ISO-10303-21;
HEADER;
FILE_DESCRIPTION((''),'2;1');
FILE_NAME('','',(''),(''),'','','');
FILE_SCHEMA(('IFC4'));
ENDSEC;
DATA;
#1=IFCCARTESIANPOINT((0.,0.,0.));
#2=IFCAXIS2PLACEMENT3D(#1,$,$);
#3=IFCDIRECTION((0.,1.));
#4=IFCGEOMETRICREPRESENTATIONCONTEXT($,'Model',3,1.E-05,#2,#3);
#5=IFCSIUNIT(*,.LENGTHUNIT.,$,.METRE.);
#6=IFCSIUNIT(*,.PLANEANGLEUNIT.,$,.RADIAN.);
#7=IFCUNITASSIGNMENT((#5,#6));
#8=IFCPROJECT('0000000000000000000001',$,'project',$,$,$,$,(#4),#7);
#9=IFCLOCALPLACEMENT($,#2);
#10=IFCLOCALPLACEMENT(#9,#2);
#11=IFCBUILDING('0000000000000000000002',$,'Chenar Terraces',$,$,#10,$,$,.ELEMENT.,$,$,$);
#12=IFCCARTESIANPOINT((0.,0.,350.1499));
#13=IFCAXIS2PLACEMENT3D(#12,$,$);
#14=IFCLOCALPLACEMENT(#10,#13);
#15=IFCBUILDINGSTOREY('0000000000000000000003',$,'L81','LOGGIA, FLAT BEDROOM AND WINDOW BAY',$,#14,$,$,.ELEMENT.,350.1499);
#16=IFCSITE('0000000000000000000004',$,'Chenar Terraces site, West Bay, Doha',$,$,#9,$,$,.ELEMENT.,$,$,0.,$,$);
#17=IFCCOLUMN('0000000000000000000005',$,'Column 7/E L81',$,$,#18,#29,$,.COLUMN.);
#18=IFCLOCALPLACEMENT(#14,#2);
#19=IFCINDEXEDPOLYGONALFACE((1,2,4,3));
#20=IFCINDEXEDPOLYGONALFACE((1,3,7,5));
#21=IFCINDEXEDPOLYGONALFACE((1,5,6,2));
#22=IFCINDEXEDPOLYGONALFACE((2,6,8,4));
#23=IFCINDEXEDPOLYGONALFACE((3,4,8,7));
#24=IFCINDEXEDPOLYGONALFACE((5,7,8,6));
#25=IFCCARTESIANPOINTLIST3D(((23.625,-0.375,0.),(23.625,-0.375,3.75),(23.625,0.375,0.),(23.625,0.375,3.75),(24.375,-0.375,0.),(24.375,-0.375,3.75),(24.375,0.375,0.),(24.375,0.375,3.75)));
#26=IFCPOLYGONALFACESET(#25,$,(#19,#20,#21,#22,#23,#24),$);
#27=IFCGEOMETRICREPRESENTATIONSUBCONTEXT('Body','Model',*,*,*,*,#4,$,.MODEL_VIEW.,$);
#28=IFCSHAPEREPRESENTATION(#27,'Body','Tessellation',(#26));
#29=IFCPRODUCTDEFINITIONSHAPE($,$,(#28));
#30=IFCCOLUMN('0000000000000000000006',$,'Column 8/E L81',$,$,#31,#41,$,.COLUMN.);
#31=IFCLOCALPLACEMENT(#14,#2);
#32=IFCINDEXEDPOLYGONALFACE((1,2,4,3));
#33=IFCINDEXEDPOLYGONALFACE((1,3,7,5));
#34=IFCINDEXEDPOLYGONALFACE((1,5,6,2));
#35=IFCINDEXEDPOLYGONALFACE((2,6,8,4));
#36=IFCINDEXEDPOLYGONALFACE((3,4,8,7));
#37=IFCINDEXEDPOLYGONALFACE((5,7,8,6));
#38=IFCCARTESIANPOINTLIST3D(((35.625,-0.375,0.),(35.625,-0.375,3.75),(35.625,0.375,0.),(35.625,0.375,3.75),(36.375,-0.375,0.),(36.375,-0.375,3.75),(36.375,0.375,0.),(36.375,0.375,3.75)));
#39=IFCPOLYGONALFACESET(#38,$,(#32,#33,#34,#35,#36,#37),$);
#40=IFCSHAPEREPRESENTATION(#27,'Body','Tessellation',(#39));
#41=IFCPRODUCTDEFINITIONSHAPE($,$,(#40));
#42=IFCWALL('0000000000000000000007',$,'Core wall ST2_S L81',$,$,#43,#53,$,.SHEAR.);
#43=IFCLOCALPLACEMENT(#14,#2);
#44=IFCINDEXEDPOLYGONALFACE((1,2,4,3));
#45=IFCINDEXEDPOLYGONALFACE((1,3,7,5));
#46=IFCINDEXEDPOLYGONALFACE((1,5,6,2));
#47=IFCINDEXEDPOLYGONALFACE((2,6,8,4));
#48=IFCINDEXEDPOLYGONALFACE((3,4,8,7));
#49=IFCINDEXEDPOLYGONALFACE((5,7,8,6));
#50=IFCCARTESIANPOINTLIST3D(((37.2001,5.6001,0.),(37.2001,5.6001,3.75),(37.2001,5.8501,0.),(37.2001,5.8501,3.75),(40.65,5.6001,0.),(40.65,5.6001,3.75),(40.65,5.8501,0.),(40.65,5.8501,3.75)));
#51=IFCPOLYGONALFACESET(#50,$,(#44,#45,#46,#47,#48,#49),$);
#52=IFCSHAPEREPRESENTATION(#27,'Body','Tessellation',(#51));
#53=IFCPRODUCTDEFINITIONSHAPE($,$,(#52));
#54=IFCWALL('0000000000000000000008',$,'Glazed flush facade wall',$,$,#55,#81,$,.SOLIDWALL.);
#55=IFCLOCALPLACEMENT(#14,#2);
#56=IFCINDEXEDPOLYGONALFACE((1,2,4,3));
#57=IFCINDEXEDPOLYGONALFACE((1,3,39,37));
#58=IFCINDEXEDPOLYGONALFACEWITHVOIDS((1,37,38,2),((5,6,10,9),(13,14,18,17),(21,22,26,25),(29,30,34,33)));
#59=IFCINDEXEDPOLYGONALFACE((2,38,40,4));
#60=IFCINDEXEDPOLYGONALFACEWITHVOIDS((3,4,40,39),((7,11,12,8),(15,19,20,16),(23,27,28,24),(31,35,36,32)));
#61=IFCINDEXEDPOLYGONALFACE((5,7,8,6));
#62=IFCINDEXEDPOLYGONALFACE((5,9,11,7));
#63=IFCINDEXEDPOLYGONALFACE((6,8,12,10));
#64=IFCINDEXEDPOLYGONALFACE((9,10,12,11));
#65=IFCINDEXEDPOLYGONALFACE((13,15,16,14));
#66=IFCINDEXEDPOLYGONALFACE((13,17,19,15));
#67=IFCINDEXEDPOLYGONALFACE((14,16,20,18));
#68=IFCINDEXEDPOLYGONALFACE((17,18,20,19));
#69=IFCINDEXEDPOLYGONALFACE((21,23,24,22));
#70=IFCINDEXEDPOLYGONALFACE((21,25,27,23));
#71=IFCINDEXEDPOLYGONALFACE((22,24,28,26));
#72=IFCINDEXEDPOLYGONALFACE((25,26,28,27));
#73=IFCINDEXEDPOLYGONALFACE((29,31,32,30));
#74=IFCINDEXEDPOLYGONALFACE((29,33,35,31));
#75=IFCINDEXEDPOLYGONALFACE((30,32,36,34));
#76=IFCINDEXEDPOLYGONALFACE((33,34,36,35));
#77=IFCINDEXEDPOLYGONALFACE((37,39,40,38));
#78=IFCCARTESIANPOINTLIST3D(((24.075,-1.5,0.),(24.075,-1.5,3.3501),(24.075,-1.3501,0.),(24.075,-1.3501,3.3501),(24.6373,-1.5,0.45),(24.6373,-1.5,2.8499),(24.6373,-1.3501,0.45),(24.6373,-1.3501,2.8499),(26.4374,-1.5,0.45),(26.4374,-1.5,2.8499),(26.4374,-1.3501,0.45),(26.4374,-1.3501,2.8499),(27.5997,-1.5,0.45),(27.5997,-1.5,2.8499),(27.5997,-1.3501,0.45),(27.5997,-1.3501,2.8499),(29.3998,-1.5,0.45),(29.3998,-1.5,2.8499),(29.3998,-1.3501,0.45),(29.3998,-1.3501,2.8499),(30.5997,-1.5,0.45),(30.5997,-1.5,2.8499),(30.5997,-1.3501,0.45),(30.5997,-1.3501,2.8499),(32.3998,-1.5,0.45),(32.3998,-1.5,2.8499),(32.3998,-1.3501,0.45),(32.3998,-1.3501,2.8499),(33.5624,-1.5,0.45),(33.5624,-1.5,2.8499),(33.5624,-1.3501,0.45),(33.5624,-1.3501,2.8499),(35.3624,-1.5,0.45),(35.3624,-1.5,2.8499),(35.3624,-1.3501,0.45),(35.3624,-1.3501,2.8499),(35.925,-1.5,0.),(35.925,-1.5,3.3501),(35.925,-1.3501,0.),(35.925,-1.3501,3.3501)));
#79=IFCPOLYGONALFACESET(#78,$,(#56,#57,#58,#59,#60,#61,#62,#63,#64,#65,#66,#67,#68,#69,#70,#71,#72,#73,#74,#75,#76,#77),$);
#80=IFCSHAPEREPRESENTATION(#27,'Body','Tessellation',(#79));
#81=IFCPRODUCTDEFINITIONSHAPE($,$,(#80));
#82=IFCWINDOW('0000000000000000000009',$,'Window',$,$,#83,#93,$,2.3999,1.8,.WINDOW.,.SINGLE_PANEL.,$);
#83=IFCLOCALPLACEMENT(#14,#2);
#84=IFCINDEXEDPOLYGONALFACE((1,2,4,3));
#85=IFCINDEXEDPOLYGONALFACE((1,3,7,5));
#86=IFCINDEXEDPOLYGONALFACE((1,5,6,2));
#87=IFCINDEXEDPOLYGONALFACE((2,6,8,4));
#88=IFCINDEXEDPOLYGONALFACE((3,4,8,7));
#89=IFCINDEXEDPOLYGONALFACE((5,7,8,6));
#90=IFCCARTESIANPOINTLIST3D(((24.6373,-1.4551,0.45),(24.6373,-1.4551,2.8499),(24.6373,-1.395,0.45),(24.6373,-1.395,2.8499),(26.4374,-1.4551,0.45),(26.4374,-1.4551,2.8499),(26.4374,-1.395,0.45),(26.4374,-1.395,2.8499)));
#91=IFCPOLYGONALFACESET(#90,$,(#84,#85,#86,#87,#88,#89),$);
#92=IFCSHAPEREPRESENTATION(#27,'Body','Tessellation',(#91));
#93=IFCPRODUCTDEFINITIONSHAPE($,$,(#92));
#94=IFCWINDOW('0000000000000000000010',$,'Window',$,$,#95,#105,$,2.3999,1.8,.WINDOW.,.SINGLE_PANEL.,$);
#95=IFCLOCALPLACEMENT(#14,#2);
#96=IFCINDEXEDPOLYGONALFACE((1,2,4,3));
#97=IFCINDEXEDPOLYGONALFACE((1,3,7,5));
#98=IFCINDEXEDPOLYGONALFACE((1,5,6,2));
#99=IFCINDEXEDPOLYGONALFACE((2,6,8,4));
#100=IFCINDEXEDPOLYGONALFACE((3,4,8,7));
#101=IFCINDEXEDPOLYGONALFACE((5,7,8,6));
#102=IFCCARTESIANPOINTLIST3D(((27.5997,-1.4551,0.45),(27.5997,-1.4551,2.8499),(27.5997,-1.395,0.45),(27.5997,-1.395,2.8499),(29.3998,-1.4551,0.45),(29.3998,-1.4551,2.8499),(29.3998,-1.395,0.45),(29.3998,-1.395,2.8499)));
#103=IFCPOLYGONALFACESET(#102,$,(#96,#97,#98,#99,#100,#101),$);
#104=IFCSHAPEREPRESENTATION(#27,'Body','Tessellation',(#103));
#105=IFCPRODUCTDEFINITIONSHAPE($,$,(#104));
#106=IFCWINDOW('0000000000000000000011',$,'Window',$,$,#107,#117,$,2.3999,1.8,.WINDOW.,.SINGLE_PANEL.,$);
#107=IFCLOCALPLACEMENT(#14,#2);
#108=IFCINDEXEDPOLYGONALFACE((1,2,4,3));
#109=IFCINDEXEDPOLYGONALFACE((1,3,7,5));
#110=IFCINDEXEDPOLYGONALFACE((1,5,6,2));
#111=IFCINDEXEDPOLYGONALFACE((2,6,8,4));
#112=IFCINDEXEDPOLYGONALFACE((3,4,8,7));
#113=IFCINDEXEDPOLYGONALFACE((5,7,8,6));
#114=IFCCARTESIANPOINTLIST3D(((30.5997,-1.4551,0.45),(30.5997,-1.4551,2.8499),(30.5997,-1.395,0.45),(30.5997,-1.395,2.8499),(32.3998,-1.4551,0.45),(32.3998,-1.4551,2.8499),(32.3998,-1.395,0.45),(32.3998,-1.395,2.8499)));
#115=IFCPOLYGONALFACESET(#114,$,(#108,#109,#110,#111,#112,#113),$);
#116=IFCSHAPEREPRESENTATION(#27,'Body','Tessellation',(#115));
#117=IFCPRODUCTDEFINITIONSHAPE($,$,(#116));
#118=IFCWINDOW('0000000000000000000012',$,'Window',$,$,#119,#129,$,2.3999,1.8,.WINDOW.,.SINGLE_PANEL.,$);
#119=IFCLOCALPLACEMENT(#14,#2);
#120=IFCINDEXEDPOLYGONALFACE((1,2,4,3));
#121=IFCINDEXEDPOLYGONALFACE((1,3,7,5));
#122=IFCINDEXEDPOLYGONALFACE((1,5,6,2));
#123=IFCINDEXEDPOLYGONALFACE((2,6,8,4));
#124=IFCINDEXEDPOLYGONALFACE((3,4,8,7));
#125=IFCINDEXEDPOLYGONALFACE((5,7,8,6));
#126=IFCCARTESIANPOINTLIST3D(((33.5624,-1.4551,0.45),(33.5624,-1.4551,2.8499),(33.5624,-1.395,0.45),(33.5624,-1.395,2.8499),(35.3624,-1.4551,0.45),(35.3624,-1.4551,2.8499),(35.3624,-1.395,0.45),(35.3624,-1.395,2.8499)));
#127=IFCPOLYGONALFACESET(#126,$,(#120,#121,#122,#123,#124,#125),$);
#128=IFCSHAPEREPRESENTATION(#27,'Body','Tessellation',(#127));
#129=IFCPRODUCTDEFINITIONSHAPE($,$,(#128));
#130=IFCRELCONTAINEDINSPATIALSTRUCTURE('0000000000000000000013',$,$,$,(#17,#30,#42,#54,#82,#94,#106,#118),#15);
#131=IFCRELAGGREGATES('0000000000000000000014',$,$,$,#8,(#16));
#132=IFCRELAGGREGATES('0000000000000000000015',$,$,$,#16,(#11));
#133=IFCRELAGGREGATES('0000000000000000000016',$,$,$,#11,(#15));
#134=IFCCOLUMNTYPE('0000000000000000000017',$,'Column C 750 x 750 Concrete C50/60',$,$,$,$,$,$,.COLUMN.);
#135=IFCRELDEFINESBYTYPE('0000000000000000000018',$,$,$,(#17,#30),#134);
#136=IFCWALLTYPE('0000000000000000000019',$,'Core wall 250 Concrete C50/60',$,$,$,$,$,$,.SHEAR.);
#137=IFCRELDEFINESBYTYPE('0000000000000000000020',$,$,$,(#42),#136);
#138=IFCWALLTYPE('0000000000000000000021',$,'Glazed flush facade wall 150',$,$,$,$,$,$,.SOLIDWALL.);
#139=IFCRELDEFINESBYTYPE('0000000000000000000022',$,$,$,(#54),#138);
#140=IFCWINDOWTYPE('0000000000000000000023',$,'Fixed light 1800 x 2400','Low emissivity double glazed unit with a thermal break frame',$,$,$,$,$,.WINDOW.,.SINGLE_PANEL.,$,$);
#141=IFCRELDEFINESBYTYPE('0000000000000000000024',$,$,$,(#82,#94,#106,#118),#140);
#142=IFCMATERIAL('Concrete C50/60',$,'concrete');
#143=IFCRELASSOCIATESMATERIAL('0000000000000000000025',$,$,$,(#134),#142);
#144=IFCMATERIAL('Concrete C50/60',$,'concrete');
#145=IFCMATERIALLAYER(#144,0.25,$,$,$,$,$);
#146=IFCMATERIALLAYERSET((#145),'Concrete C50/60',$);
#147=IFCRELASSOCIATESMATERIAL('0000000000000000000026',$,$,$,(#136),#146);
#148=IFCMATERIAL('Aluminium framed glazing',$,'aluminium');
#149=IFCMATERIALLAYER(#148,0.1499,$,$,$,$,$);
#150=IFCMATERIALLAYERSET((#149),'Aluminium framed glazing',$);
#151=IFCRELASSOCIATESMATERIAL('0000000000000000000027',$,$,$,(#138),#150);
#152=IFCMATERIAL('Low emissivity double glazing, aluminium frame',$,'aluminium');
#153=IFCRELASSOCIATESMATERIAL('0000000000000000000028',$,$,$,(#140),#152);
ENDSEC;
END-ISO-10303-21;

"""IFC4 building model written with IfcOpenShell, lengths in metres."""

from ifc_helpers import new_model, si_unit, direction, frame, frame_2d, origin, origin_2d, place, context, subcontext, project, spatial, rectangle, extrude, material, layer, layer_set, material_profile, profile_set, type_object, element, fill, save


model = new_model("IFC4")

# Units and contexts
model_context = context("Model", 3, precision=1e-05, world=origin(), true_north=direction((0.0, 1.0)))
body_context = subcontext(model_context, "Body", "Model", "MODEL_VIEW")
ifc_project = project(units=[si_unit("LENGTHUNIT", "METRE"), si_unit("PLANEANGLEUNIT", "RADIAN")], contexts=[model_context])

# Site, building, storey
site_placement = place(None, origin())
site = spatial("IfcSite", under=ifc_project, at=site_placement, Name="Chenar Terraces site, West Bay, Doha", CompositionType="ELEMENT", RefElevation=0.0)
building_placement = place(site_placement, origin())
building = spatial("IfcBuilding", under=site, at=building_placement, Name="Chenar Terraces", CompositionType="ELEMENT")
storey_placement = place(building_placement, frame((0.0, 0.0, 350.1499)))
storey = spatial("IfcBuildingStorey", under=building, at=storey_placement, Name="L81", Description="LOGGIA, FLAT BEDROOM AND WINDOW BAY", CompositionType="ELEMENT", Elevation=350.1499)

# Columns
ifc_material_1 = material(Name="Concrete C50/60", Category="concrete")
ifc_material_profile = material_profile(ifc_material_1, rectangle(XDim=0.75, YDim=0.75, at=origin_2d()), Name="C 750 x 750")
ifc_profile_set = profile_set([ifc_material_profile], Name="Concrete C50/60")
column_type = type_object("IfcColumnType", Name="Column C 750 x 750 Concrete C50/60", PredefinedType="COLUMN", material=ifc_profile_set)
for number, where, z_axis, x_axis, name in (
    (1, (24.0, 0.0, 0.0), (0.0, 0.0, 1.0), (1.0, 0.0, 0.0), "Column 7/E L81"),
    (2, (36.0, 0.0, 0.0), (0.0, 0.0, 1.0), (1.0, 0.0, 0.0), "Column 8/E L81"),
):
    element("IfcColumn", number, at=place(storey_placement, frame(where, z_axis=z_axis, x_axis=x_axis)), inside=storey, type_object=column_type, Name=name, PredefinedType="COLUMN", context=body_context, shape_type="SweptSolid", body=[
        extrude(rectangle(XDim=0.75, YDim=0.75, at=origin_2d()), origin(), (0.0, 0.0, 1.0), 3.75),
    ])

# Wall
ifc_material_2 = material(Name="Concrete C50/60", Category="concrete")
ifc_layer_1 = layer(ifc_material_2, 0.25)
ifc_layer_set_1 = layer_set([ifc_layer_1], Name="Concrete C50/60")
wall_type_1 = type_object("IfcWallType", Name="Core wall 250 Concrete C50/60", PredefinedType="SHEAR", material=ifc_layer_set_1)
wall_1_placement = place(storey_placement, frame((37.2, 5.7251, 0.0), z_axis=(0.0, 0.0, 1.0), x_axis=(1.0, 0.0, 0.0)))
element("IfcWall", 3, at=wall_1_placement, inside=storey, type_object=wall_type_1, Name="Core wall ST2_S L81", PredefinedType="SHEAR", context=body_context, shape_type="SweptSolid", body=[
    extrude(rectangle(XDim=3.45, YDim=0.25, at=frame_2d((1.7251, 0.0))), origin(), (0.0, 0.0, 1.0), 3.75),
])

# Wall, openings, windows
ifc_material_3 = material(Name="Aluminium framed glazing", Category="aluminium")
ifc_layer_2 = layer(ifc_material_3, 0.1499)
ifc_layer_set_2 = layer_set([ifc_layer_2], Name="Aluminium framed glazing")
wall_type_2 = type_object("IfcWallType", Name="Glazed flush facade wall 150", PredefinedType="SOLIDWALL", material=ifc_layer_set_2)
wall_2_placement = place(storey_placement, frame((24.075, -1.425, 0.0), z_axis=(0.0, 0.0, 1.0), x_axis=(1.0, 0.0, 0.0)))
wall_2 = element("IfcWall", 4, at=wall_2_placement, inside=storey, type_object=wall_type_2, Name="Glazed flush facade wall", PredefinedType="SOLIDWALL", context=body_context, shape_type="SweptSolid", body=[
    extrude(rectangle(XDim=11.8501, YDim=0.1499, at=frame_2d((5.925, 0.0))), origin(), (0.0, 0.0, 1.0), 3.3501),
])
opening_1_placement = place(wall_2_placement, frame((0.5625, 0.0, 0.45)))
opening_1 = element("IfcOpeningElement", 5, at=opening_1_placement, cuts=wall_2, PredefinedType="OPENING", context=body_context, shape_type="SweptSolid", body=[
    extrude(rectangle(XDim=1.8, YDim=2.3999, at=frame_2d((0.8999, 1.2))), frame((0.0, 0.085, 0.0), z_axis=(0.0, -1.0, 0.0), x_axis=(1.0, 0.0, 0.0)), (0.0, 0.0, 1.0), 0.1699),
])
opening_2_placement = place(wall_2_placement, frame((3.5249, 0.0, 0.45)))
opening_2 = element("IfcOpeningElement", 6, at=opening_2_placement, cuts=wall_2, PredefinedType="OPENING", context=body_context, shape_type="SweptSolid", body=[
    extrude(rectangle(XDim=1.8, YDim=2.3999, at=frame_2d((0.8999, 1.2))), frame((0.0, 0.085, 0.0), z_axis=(0.0, -1.0, 0.0), x_axis=(1.0, 0.0, 0.0)), (0.0, 0.0, 1.0), 0.1699),
])
opening_3_placement = place(wall_2_placement, frame((6.5249, 0.0, 0.45)))
opening_3 = element("IfcOpeningElement", 7, at=opening_3_placement, cuts=wall_2, PredefinedType="OPENING", context=body_context, shape_type="SweptSolid", body=[
    extrude(rectangle(XDim=1.8, YDim=2.3999, at=frame_2d((0.8999, 1.2))), frame((0.0, 0.085, 0.0), z_axis=(0.0, -1.0, 0.0), x_axis=(1.0, 0.0, 0.0)), (0.0, 0.0, 1.0), 0.1699),
])
opening_4_placement = place(wall_2_placement, frame((9.4875, 0.0, 0.45)))
opening_4 = element("IfcOpeningElement", 8, at=opening_4_placement, cuts=wall_2, PredefinedType="OPENING", context=body_context, shape_type="SweptSolid", body=[
    extrude(rectangle(XDim=1.8, YDim=2.3999, at=frame_2d((0.8999, 1.2))), frame((0.0, 0.085, 0.0), z_axis=(0.0, -1.0, 0.0), x_axis=(1.0, 0.0, 0.0)), (0.0, 0.0, 1.0), 0.1699),
])
ifc_material_4 = material(Name="Low emissivity double glazing, aluminium frame", Category="aluminium")
window_type_1 = type_object("IfcWindowType", Name="Fixed light 1800 x 2400", Description="Low emissivity double glazed unit with a thermal break frame", PartitioningType="SINGLE_PANEL", PredefinedType="WINDOW", material=ifc_material_4)
window_1_placement = place(opening_1_placement, origin())
window_1 = element("IfcWindow", 9, at=window_1_placement, inside=storey, type_object=window_type_1, Name="Window", OverallHeight=2.3999, OverallWidth=1.8, PartitioningType="SINGLE_PANEL", PredefinedType="WINDOW", context=body_context, shape_type="SweptSolid", body=[
    extrude(rectangle(XDim=1.8, YDim=2.3999, at=frame_2d((0.8999, 1.2))), frame((0.0, 0.03, 0.0), z_axis=(0.0, -1.0, 0.0), x_axis=(1.0, 0.0, 0.0)), (0.0, 0.0, 1.0), 0.0601),
])
fill(opening_1, window_1)
window_2_placement = place(opening_2_placement, origin())
window_2 = element("IfcWindow", 10, at=window_2_placement, inside=storey, type_object=window_type_1, Name="Window", OverallHeight=2.3999, OverallWidth=1.8, PartitioningType="SINGLE_PANEL", PredefinedType="WINDOW", context=body_context, shape_type="SweptSolid", body=[
    extrude(rectangle(XDim=1.8, YDim=2.3999, at=frame_2d((0.8999, 1.2))), frame((0.0, 0.03, 0.0), z_axis=(0.0, -1.0, 0.0), x_axis=(1.0, 0.0, 0.0)), (0.0, 0.0, 1.0), 0.0601),
])
fill(opening_2, window_2)
window_3_placement = place(opening_3_placement, origin())
window_3 = element("IfcWindow", 11, at=window_3_placement, inside=storey, type_object=window_type_1, Name="Window", OverallHeight=2.3999, OverallWidth=1.8, PartitioningType="SINGLE_PANEL", PredefinedType="WINDOW", context=body_context, shape_type="SweptSolid", body=[
    extrude(rectangle(XDim=1.8, YDim=2.3999, at=frame_2d((0.8999, 1.2))), frame((0.0, 0.03, 0.0), z_axis=(0.0, -1.0, 0.0), x_axis=(1.0, 0.0, 0.0)), (0.0, 0.0, 1.0), 0.0601),
])
fill(opening_3, window_3)
window_4_placement = place(opening_4_placement, origin())
window_4 = element("IfcWindow", 12, at=window_4_placement, inside=storey, type_object=window_type_1, Name="Window", OverallHeight=2.3999, OverallWidth=1.8, PartitioningType="SINGLE_PANEL", PredefinedType="WINDOW", context=body_context, shape_type="SweptSolid", body=[
    extrude(rectangle(XDim=1.8, YDim=2.3999, at=frame_2d((0.8999, 1.2))), frame((0.0, 0.03, 0.0), z_axis=(0.0, -1.0, 0.0), x_axis=(1.0, 0.0, 0.0)), (0.0, 0.0, 1.0), 0.0601),
])
fill(opening_4, window_4)

save(model, "model.ifc")
